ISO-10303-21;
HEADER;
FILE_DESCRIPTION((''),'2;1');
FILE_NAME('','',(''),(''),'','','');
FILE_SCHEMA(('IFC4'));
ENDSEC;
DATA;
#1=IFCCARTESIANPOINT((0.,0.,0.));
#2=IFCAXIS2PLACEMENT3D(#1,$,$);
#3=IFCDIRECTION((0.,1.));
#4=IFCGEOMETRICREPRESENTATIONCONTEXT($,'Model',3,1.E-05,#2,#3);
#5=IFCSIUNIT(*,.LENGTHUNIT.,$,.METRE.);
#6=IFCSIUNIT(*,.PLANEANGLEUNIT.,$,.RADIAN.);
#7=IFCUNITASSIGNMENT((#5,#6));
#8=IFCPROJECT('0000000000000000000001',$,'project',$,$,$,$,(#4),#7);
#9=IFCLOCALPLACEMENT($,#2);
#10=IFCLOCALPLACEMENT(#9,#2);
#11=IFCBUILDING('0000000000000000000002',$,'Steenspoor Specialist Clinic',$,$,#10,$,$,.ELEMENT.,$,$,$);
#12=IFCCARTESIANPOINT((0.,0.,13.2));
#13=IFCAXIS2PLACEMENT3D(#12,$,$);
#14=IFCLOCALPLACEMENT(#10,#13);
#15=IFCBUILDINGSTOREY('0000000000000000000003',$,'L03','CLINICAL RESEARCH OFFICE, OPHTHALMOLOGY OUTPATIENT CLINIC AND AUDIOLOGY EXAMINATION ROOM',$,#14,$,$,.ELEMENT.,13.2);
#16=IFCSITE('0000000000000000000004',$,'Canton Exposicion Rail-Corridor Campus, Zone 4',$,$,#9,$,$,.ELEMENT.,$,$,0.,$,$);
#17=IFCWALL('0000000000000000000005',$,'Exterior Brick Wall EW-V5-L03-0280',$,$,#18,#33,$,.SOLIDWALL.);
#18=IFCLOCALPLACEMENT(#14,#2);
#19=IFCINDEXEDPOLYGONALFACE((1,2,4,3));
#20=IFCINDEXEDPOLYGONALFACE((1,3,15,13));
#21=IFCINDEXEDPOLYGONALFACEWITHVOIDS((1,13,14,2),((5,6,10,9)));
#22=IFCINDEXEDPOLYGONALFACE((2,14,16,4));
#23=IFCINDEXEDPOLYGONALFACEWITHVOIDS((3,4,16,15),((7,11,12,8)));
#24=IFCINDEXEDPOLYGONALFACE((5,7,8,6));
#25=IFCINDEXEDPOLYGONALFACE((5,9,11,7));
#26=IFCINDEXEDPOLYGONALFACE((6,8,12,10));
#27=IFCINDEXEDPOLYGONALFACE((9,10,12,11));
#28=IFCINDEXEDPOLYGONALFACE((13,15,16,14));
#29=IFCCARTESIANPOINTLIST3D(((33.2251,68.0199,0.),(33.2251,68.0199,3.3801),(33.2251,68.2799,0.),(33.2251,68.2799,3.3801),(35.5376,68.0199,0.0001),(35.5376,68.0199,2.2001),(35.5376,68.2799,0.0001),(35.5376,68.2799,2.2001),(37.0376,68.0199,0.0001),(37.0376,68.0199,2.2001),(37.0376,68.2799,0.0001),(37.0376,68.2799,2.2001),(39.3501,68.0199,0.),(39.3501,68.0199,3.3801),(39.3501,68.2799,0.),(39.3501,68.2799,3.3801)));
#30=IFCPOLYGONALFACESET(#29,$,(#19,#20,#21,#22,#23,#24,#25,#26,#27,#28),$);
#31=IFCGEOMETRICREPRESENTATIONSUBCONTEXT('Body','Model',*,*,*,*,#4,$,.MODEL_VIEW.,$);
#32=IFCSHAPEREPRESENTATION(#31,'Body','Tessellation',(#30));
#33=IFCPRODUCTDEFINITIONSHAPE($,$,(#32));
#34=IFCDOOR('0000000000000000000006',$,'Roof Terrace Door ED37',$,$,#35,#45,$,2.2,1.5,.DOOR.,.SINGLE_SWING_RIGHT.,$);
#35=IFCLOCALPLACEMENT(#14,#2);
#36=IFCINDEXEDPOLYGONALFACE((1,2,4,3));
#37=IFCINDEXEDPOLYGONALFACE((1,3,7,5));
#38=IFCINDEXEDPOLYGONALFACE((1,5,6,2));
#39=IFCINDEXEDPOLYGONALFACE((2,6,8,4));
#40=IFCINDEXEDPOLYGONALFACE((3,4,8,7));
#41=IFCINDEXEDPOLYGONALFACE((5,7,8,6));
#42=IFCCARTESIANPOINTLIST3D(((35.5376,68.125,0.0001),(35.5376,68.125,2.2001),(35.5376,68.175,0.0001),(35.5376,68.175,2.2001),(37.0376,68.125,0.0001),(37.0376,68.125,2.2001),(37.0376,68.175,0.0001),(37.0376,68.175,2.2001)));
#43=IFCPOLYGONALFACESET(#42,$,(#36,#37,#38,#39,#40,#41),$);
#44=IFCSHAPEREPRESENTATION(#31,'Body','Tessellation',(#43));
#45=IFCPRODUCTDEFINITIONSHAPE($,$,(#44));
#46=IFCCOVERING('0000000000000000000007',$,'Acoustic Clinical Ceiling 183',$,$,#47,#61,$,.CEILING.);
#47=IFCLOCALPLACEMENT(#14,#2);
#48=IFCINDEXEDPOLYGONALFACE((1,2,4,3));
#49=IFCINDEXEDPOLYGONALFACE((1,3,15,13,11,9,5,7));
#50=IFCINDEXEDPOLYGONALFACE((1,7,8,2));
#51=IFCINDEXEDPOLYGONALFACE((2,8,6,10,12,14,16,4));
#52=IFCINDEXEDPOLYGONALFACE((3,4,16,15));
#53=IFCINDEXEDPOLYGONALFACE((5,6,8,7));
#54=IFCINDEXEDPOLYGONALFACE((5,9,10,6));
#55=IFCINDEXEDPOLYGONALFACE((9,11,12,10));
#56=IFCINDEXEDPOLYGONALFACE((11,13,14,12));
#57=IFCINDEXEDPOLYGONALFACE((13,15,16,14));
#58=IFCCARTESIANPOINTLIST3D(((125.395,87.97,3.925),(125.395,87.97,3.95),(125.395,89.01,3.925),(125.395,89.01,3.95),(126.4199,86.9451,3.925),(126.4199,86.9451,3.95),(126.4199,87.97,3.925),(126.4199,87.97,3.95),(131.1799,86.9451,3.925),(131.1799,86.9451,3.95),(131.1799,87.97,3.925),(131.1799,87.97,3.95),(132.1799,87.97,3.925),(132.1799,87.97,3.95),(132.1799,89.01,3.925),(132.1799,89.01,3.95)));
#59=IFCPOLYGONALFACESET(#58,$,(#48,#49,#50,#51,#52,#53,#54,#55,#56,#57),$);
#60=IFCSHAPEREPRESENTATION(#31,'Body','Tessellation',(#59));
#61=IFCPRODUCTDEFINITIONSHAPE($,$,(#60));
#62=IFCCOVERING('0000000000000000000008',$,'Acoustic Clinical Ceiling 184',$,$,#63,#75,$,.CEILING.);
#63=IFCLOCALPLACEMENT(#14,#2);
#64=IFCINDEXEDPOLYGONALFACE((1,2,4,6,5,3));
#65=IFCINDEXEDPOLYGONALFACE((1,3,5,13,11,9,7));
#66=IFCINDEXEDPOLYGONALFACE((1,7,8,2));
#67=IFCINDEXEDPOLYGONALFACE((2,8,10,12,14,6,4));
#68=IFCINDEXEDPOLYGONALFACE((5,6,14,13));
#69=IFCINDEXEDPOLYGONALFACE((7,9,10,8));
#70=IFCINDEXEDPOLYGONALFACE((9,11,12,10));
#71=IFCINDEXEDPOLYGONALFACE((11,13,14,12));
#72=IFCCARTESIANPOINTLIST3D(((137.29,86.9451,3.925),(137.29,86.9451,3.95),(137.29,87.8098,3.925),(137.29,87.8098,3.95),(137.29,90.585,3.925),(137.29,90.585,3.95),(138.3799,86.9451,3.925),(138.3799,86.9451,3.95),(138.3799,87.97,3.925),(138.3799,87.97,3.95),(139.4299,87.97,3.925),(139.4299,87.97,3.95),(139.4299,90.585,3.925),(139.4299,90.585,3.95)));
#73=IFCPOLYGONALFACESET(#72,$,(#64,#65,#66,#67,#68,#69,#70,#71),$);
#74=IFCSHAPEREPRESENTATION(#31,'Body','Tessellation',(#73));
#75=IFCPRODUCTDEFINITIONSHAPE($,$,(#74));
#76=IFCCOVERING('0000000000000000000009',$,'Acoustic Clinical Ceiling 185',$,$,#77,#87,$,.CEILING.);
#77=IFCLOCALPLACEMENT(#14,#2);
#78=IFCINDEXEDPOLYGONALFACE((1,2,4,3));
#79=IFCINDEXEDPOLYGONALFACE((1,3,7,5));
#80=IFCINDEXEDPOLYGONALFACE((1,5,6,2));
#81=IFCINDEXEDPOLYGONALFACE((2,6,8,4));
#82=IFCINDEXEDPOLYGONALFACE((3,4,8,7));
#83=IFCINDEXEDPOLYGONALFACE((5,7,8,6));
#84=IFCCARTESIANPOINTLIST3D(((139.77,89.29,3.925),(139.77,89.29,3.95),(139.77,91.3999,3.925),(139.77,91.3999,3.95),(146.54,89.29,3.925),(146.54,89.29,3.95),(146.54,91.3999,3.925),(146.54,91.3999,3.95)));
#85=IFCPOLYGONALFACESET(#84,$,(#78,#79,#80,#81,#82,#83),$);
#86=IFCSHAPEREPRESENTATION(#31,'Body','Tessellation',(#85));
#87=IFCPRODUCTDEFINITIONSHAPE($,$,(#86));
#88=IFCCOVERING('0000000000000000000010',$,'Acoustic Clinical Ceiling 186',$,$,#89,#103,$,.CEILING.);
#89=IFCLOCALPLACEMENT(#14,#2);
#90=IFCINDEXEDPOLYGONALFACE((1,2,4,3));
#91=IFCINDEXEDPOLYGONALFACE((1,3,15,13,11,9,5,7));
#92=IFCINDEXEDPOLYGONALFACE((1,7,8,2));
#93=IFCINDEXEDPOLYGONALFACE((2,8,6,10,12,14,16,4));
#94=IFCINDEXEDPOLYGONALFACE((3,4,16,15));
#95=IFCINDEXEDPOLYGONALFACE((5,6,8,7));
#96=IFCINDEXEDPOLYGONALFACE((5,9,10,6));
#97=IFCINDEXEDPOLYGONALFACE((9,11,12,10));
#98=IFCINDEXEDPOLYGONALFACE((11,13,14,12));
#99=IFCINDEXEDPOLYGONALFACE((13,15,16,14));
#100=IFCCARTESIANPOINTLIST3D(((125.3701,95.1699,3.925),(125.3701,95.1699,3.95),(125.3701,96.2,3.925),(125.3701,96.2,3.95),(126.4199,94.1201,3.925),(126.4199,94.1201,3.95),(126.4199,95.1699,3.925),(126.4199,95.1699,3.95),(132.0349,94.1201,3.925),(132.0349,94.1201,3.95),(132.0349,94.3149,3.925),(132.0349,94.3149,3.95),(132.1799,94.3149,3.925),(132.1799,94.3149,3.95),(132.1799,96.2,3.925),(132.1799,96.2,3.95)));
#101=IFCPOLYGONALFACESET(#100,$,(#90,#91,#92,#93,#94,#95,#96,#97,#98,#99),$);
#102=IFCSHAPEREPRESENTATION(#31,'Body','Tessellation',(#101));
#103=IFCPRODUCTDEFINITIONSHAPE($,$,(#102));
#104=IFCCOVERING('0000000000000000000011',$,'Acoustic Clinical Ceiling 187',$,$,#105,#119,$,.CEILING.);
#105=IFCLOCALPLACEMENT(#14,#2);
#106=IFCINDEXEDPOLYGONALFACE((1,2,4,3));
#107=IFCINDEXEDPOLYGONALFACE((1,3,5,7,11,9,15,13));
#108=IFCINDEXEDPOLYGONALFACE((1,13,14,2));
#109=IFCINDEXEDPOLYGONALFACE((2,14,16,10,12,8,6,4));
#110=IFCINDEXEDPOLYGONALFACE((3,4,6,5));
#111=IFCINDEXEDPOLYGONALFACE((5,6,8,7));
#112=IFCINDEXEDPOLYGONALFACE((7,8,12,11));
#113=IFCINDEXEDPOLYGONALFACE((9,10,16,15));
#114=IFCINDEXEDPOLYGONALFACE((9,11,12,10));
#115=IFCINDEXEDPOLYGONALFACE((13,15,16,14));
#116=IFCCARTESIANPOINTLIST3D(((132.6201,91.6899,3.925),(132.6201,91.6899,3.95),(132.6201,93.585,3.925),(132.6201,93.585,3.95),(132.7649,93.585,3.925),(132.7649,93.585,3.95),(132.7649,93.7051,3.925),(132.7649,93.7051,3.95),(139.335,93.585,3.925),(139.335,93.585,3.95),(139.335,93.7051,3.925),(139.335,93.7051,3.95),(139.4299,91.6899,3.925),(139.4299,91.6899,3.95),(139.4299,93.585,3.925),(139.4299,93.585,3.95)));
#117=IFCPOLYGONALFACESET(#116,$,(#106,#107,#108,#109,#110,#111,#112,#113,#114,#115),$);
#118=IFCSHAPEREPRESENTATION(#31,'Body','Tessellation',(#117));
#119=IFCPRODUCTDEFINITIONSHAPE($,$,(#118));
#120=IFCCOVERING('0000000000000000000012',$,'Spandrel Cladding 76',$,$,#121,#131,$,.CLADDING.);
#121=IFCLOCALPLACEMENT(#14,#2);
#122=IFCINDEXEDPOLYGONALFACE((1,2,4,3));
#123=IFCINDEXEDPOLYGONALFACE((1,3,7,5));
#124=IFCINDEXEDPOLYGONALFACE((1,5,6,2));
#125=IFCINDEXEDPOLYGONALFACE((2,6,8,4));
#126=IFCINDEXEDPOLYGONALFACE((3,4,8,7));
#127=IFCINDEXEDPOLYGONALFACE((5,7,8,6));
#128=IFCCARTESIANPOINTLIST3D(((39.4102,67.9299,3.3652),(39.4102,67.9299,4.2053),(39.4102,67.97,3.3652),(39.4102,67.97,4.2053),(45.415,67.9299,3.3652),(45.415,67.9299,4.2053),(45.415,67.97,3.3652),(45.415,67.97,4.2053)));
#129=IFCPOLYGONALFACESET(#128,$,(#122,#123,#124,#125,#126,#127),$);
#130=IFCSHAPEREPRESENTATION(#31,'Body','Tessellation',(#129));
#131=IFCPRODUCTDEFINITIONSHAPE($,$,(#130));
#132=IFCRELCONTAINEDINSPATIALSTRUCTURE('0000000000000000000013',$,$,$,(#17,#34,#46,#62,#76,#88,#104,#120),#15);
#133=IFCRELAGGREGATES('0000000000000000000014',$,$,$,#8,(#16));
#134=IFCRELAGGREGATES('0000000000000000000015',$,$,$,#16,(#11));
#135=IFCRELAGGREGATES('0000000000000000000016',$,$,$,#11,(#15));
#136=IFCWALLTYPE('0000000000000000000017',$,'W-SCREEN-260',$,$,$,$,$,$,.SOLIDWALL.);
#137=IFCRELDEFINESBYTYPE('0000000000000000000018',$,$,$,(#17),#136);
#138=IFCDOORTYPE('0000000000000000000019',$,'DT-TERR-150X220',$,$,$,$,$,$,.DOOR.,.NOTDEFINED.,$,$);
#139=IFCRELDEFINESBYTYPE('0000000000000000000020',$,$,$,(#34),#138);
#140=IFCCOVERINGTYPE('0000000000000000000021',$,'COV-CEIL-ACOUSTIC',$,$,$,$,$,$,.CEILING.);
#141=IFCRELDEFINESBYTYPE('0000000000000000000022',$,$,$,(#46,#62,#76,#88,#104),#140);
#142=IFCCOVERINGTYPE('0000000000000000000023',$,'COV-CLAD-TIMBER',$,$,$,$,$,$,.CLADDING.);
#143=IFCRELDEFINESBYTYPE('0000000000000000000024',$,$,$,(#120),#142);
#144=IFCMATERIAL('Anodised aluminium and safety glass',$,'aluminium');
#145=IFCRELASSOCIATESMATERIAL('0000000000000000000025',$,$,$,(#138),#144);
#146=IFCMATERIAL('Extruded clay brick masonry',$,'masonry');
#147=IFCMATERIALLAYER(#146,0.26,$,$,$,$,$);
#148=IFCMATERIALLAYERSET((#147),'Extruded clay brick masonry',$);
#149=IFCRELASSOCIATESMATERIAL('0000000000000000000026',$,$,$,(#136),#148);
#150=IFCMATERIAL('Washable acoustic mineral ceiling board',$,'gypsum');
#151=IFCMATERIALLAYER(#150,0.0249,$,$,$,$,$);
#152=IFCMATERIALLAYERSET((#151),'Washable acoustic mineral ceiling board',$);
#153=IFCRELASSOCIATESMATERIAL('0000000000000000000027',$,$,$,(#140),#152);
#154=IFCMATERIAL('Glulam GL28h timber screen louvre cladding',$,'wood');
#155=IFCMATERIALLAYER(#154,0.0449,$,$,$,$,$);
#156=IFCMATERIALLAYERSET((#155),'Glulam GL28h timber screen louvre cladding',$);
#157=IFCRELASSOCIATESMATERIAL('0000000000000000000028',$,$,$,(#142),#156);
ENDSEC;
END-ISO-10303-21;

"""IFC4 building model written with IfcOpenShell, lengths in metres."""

from ifc_helpers import new_model, si_unit, direction, frame, frame_2d, origin, origin_2d, place, context, subcontext, project, spatial, polyline, rectangle, outline, extrude, material, layer, layer_set, type_object, element, fill, save


model = new_model("IFC4")

# Units and contexts
model_context = context("Model", 3, precision=1e-05, world=origin(), true_north=direction((0.0, 1.0)))
body_context = subcontext(model_context, "Body", "Model", "MODEL_VIEW")
ifc_project = project(units=[si_unit("LENGTHUNIT", "METRE"), si_unit("PLANEANGLEUNIT", "RADIAN")], contexts=[model_context])

# Site, building, storey
site_placement = place(None, origin())
site = spatial("IfcSite", under=ifc_project, at=site_placement, Name="Canton Exposicion Rail-Corridor Campus, Zone 4", CompositionType="ELEMENT", RefElevation=0.0)
building_placement = place(site_placement, origin())
building = spatial("IfcBuilding", under=site, at=building_placement, Name="Steenspoor Specialist Clinic", CompositionType="ELEMENT")
storey_placement = place(building_placement, frame((0.0, 0.0, 13.2)))
storey = spatial("IfcBuildingStorey", under=building, at=storey_placement, Name="L03", Description="CLINICAL RESEARCH OFFICE, OPHTHALMOLOGY OUTPATIENT CLINIC AND AUDIOLOGY EXAMINATION ROOM", CompositionType="ELEMENT", Elevation=13.2)

# Shared definitions
ifc_material_1 = material(Name="Extruded clay brick masonry", Category="masonry")
ifc_material_2 = material(Name="Anodised aluminium and safety glass", Category="aluminium")
door_type_1 = type_object("IfcDoorType", Name="DT-TERR-150X220", OperationType="NOTDEFINED", PredefinedType="DOOR", material=ifc_material_2)

# Wall, opening, door
ifc_layer_1 = layer(ifc_material_1, 0.26)
ifc_layer_set_1 = layer_set([ifc_layer_1], Name="Extruded clay brick masonry")
wall_type_1 = type_object("IfcWallType", Name="W-SCREEN-260", PredefinedType="SOLIDWALL", material=ifc_layer_set_1)
wall_1_placement = place(storey_placement, frame((39.3501, 68.1499, 0.0), z_axis=(0.0, 0.0, 1.0), x_axis=(-1.0, 0.0, 0.0)))
wall_1 = element("IfcWall", 1, at=wall_1_placement, inside=storey, type_object=wall_type_1, Name="Exterior Brick Wall EW-V5-L03-0280", PredefinedType="SOLIDWALL", context=body_context, shape_type="SweptSolid", body=[
    extrude(rectangle(XDim=6.125, YDim=0.26, at=frame_2d((3.0625, 0.0))), origin(), (0.0, 0.0, 1.0), 3.3801),
])
opening_1_placement = place(wall_1_placement, frame((2.3125, 0.0, 0.0)))
opening_1 = element("IfcOpeningElement", 2, at=opening_1_placement, cuts=wall_1, PredefinedType="OPENING", context=body_context, shape_type="SweptSolid", body=[
    extrude(rectangle(XDim=1.5, YDim=2.2, at=frame_2d((0.75, 1.1001))), frame((0.0, 0.1401, 0.0), z_axis=(0.0, -1.0, 0.0), x_axis=(1.0, 0.0, 0.0)), (0.0, 0.0, 1.0), 0.28),
])
door_1_placement = place(opening_1_placement, origin())
door_1 = element("IfcDoor", 3, at=door_1_placement, inside=storey, type_object=door_type_1, Name="Roof Terrace Door ED37", OperationType="SINGLE_SWING_RIGHT", OverallHeight=2.2, OverallWidth=1.5, PredefinedType="DOOR", context=body_context, shape_type="SweptSolid", body=[
    extrude(rectangle(XDim=1.5, YDim=2.2, at=frame_2d((0.75, 1.1001))), frame((0.0, 0.0249, 0.0), z_axis=(0.0, -1.0, 0.0), x_axis=(1.0, 0.0, 0.0)), (0.0, 0.0, 1.0), 0.05),
])
fill(opening_1, door_1)

# Coverings
ifc_material_3 = material(Name="Washable acoustic mineral ceiling board", Category="gypsum")
ifc_layer_2 = layer(ifc_material_3, 0.0249)
ifc_layer_set_2 = layer_set([ifc_layer_2], Name="Washable acoustic mineral ceiling board")
covering_type_1 = type_object("IfcCoveringType", Name="COV-CEIL-ACOUSTIC", PredefinedType="CEILING", material=ifc_layer_set_2)
covering_1_placement = place(storey_placement, frame((0.0, 0.0, 3.925)))
element("IfcCovering", 4, at=covering_1_placement, inside=storey, type_object=covering_type_1, Name="Acoustic Clinical Ceiling 183", PredefinedType="CEILING", context=body_context, shape_type="SweptSolid", body=[
    extrude(outline(polyline([(125.395, 87.97), (125.395, 89.01), (132.1799, 89.01), (132.1799, 87.97), (131.1799, 87.97), (131.1799, 86.9451), (126.4199, 86.9451), (126.4199, 87.97), (125.395, 87.97)])), origin(), (0.0, 0.0, 1.0), 0.0249),
])
covering_2_placement = place(storey_placement, frame((0.0, 0.0, 3.925)))
element("IfcCovering", 5, at=covering_2_placement, inside=storey, type_object=covering_type_1, Name="Acoustic Clinical Ceiling 184", PredefinedType="CEILING", context=body_context, shape_type="SweptSolid", body=[
    extrude(outline(polyline([(139.4299, 90.585), (139.4299, 87.97), (138.3799, 87.97), (138.3799, 86.9451), (137.29, 86.9451), (137.29, 87.8098), (137.29, 90.585), (139.4299, 90.585)])), origin(), (0.0, 0.0, 1.0), 0.0249),
])
covering_3_placement = place(storey_placement, frame((0.0, 0.0, 3.925)))
element("IfcCovering", 6, at=covering_3_placement, inside=storey, type_object=covering_type_1, Name="Acoustic Clinical Ceiling 185", PredefinedType="CEILING", context=body_context, shape_type="SweptSolid", body=[
    extrude(outline(polyline([(146.54, 89.29), (139.77, 89.29), (139.77, 91.3999), (146.54, 91.3999), (146.54, 89.29)])), origin(), (0.0, 0.0, 1.0), 0.0249),
])
covering_4_placement = place(storey_placement, frame((0.0, 0.0, 3.925)))
element("IfcCovering", 7, at=covering_4_placement, inside=storey, type_object=covering_type_1, Name="Acoustic Clinical Ceiling 186", PredefinedType="CEILING", context=body_context, shape_type="SweptSolid", body=[
    extrude(outline(polyline([(132.0349, 94.1201), (126.4199, 94.1201), (126.4199, 95.1699), (125.3701, 95.1699), (125.3701, 96.2), (132.1799, 96.2), (132.1799, 94.3149), (132.0349, 94.3149), (132.0349, 94.1201)])), origin(), (0.0, 0.0, 1.0), 0.0249),
])
covering_5_placement = place(storey_placement, frame((0.0, 0.0, 3.925)))
element("IfcCovering", 8, at=covering_5_placement, inside=storey, type_object=covering_type_1, Name="Acoustic Clinical Ceiling 187", PredefinedType="CEILING", context=body_context, shape_type="SweptSolid", body=[
    extrude(outline(polyline([(132.6201, 93.585), (132.7649, 93.585), (132.7649, 93.7051), (139.335, 93.7051), (139.335, 93.585), (139.4299, 93.585), (139.4299, 91.6899), (132.6201, 91.6899), (132.6201, 93.585)])), origin(), (0.0, 0.0, 1.0), 0.0249),
])
ifc_material_4 = material(Name="Glulam GL28h timber screen louvre cladding", Category="wood")
ifc_layer_3 = layer(ifc_material_4, 0.0449)
ifc_layer_set_3 = layer_set([ifc_layer_3], Name="Glulam GL28h timber screen louvre cladding")
covering_type_2 = type_object("IfcCoveringType", Name="COV-CLAD-TIMBER", PredefinedType="CLADDING", material=ifc_layer_set_3)
covering_6_placement = place(storey_placement, frame((42.4126, 67.95, 3.3652), z_axis=(0.0, 0.0, 1.0), x_axis=(-1.0, 0.0, 0.0)))
element("IfcCovering", 9, at=covering_6_placement, inside=storey, type_object=covering_type_2, Name="Spandrel Cladding 76", PredefinedType="CLADDING", context=body_context, shape_type="SweptSolid", body=[
    extrude(rectangle(XDim=6.0049, YDim=0.04, at=origin_2d()), origin(), (0.0, 0.0, 1.0), 0.8401),
])

save(model, "model.ifc")
